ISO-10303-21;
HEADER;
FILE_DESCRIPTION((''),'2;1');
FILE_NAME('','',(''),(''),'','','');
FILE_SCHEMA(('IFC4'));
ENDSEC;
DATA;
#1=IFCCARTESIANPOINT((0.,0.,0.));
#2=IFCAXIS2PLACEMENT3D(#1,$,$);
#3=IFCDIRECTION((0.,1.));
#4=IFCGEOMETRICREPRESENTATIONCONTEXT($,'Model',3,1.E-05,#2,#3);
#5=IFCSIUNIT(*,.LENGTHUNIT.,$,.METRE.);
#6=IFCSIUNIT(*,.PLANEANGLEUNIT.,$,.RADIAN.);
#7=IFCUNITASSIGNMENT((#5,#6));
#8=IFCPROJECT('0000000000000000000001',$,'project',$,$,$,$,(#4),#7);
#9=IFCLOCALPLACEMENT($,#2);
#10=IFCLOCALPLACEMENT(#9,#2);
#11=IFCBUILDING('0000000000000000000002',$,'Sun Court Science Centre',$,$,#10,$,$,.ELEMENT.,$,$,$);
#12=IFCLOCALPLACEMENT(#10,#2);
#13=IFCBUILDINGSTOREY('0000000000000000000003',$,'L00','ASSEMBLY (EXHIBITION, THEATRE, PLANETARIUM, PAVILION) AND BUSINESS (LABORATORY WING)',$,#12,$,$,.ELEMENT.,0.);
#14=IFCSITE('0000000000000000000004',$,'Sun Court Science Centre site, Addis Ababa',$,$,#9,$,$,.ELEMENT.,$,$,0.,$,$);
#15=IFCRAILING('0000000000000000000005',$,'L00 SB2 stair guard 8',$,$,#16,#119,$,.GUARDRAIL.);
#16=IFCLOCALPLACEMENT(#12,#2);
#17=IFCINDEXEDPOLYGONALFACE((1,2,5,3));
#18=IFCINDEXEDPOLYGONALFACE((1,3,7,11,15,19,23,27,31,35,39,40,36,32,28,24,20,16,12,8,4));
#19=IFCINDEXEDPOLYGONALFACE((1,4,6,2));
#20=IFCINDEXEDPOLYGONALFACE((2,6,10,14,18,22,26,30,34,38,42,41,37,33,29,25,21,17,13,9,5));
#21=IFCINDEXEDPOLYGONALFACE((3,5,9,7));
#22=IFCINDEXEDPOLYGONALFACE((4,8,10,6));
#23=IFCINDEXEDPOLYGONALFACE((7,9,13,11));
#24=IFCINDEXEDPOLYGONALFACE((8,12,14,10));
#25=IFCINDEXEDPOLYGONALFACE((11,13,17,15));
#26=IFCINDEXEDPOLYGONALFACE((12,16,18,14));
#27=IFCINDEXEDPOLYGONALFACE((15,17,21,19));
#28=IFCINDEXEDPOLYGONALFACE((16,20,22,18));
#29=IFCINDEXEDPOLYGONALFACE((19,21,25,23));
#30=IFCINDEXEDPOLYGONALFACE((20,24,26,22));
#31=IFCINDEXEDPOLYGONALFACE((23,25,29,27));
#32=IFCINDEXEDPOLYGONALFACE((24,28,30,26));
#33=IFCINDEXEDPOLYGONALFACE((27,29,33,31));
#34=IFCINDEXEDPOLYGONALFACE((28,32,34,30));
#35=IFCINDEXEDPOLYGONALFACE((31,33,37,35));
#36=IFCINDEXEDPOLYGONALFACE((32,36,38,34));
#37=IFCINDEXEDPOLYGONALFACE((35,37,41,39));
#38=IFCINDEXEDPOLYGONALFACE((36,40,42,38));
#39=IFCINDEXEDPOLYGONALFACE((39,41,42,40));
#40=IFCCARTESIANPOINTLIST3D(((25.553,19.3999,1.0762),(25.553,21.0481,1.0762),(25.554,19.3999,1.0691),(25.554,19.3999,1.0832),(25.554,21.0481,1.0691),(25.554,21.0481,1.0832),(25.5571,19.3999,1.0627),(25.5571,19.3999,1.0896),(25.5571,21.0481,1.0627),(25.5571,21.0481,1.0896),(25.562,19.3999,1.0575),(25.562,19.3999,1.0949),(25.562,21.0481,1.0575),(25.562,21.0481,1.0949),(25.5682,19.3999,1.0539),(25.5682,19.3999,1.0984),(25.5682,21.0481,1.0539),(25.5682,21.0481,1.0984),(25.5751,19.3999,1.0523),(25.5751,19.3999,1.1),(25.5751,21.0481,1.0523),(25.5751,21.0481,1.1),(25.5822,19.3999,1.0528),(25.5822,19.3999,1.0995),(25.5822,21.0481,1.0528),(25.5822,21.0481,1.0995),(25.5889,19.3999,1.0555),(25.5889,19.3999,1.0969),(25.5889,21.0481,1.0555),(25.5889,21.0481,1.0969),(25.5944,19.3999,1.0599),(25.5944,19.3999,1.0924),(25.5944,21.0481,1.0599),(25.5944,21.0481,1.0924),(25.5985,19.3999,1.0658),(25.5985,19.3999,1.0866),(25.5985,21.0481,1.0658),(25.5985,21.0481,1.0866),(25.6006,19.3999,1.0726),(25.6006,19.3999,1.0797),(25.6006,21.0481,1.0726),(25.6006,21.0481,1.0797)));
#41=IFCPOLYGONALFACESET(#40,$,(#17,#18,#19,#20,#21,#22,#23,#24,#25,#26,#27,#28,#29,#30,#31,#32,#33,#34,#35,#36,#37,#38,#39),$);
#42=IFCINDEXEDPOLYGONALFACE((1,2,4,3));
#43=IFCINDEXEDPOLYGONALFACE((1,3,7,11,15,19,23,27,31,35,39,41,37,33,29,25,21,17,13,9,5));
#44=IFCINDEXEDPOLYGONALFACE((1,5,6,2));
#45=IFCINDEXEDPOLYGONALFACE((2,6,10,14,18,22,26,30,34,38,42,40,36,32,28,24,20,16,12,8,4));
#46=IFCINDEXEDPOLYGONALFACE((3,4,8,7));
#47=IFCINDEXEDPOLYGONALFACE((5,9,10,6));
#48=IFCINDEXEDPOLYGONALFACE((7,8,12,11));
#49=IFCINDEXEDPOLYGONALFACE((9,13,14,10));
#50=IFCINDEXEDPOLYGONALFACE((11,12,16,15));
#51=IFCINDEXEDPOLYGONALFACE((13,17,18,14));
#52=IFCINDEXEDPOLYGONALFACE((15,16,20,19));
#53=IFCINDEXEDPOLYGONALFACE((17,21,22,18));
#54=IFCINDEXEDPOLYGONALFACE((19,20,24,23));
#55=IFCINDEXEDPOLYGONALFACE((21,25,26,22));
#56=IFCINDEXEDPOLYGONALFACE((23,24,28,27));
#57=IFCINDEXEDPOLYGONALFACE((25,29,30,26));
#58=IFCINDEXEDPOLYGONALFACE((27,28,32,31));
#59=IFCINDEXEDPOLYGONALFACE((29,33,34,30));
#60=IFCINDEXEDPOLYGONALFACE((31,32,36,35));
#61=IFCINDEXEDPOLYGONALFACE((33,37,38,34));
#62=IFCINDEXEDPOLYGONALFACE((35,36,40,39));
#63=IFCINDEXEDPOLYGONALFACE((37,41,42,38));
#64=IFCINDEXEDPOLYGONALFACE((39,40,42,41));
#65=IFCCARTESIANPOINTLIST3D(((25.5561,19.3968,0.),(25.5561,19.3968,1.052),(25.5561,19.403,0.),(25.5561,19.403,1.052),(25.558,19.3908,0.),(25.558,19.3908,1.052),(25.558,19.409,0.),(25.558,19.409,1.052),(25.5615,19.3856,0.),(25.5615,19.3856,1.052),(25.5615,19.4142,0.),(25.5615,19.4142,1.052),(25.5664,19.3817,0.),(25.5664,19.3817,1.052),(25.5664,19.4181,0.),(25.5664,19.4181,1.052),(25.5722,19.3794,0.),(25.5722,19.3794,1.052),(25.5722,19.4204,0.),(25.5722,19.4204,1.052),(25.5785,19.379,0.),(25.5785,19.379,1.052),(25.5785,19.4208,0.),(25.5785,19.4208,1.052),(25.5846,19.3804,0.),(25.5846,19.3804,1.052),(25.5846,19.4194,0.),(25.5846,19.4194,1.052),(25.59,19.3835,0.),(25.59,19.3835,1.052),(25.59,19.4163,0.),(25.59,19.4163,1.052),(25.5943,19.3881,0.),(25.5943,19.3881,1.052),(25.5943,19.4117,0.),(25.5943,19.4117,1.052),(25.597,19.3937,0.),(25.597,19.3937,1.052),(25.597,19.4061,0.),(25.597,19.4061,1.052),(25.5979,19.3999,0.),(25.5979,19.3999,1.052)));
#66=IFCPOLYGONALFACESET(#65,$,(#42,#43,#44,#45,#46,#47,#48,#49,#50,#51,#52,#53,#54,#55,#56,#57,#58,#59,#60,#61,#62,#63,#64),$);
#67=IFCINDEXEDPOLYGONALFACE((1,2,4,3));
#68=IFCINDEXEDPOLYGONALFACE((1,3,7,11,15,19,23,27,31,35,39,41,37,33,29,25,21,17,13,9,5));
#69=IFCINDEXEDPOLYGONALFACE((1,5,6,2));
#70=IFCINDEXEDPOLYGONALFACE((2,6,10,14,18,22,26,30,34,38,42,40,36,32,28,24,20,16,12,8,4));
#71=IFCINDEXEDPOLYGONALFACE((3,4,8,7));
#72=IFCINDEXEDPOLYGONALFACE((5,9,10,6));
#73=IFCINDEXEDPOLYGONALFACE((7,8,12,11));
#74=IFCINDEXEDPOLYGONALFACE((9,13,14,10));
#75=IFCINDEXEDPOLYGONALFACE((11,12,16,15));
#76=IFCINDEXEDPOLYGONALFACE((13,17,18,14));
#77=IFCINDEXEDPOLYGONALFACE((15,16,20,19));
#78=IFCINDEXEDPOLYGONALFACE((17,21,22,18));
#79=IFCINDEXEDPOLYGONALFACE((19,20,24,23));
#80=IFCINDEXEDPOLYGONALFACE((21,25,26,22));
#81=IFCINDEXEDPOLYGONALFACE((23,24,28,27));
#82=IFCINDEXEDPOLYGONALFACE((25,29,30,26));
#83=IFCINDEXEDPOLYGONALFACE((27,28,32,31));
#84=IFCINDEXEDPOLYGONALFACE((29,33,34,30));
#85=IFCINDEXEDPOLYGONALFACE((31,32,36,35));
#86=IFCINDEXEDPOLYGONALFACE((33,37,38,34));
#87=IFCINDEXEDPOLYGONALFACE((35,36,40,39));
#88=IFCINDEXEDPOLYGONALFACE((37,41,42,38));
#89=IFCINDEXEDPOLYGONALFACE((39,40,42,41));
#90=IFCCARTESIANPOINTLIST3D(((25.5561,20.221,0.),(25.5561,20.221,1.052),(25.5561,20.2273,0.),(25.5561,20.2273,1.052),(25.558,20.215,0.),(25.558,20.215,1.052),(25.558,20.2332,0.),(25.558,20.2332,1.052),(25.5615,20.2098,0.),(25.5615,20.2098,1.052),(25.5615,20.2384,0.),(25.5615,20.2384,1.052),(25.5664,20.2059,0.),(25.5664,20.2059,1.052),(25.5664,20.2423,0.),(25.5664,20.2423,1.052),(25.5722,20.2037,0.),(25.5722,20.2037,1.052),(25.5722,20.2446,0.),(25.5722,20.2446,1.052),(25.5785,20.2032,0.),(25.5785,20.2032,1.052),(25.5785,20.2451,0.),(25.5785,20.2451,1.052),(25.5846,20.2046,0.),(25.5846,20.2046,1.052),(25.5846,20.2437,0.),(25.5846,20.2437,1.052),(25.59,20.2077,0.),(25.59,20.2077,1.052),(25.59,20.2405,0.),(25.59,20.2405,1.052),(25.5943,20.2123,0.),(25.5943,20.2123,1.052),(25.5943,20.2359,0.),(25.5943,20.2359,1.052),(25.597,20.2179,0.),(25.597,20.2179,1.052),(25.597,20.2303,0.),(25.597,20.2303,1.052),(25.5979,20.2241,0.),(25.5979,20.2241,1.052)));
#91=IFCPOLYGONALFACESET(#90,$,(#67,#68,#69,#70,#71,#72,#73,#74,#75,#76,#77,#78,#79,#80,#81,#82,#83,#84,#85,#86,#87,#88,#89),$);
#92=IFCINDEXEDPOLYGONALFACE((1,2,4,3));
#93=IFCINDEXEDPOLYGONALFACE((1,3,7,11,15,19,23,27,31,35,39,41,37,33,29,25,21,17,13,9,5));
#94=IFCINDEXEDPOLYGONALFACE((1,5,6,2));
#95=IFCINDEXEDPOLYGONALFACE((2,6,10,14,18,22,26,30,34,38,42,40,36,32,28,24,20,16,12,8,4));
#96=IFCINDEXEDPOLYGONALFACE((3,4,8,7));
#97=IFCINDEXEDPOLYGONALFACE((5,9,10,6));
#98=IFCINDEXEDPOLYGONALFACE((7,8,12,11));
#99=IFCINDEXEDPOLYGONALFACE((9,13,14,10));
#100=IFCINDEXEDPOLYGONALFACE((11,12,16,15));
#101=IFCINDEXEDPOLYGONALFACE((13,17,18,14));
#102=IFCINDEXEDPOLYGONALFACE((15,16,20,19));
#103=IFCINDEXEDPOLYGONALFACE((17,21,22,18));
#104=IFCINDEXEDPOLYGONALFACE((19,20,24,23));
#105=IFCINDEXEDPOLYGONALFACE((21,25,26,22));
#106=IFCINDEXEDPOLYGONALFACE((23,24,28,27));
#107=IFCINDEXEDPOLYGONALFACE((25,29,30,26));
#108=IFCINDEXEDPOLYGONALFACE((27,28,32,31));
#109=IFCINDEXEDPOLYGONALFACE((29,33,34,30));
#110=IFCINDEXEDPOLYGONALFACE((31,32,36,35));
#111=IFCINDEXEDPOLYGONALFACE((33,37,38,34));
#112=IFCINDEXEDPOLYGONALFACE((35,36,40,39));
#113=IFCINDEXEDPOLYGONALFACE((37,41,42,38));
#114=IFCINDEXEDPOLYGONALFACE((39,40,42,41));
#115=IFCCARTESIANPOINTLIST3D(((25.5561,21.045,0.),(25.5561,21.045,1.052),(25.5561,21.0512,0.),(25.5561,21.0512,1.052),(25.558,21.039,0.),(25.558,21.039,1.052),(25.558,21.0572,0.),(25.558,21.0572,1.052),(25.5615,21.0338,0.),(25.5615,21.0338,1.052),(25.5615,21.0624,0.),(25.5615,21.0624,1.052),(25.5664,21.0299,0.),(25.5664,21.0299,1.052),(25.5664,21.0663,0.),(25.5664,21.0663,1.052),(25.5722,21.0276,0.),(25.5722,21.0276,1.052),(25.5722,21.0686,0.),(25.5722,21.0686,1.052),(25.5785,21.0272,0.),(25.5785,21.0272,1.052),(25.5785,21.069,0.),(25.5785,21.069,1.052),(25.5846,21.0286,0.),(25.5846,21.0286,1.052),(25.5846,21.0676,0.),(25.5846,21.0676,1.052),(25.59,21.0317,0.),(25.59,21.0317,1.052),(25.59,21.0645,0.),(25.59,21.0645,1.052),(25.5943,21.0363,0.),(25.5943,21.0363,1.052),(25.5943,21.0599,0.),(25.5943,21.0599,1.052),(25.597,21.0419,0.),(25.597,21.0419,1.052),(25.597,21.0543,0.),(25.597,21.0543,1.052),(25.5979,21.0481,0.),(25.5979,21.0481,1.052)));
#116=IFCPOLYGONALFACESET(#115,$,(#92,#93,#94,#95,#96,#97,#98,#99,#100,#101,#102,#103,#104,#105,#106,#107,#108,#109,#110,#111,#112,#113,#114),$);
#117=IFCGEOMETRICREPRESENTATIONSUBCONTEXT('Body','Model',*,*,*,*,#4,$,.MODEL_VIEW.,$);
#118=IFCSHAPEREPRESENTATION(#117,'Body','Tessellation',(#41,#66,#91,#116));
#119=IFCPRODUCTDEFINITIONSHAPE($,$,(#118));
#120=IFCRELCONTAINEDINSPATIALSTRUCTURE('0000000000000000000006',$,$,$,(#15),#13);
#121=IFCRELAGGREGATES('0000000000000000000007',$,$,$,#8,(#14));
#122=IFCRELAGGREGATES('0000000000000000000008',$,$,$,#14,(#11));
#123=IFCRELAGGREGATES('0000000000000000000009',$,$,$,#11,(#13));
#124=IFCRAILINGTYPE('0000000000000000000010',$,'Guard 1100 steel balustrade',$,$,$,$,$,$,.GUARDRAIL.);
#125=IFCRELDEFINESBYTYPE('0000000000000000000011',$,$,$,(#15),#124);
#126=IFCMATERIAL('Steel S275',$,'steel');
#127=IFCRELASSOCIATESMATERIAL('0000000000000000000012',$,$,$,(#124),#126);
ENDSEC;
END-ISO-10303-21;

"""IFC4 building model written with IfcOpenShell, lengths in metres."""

from ifc_helpers import new_model, si_unit, direction, frame, origin, origin_2d, place, context, subcontext, project, spatial, circle, extrude, material, type_object, element, save


model = new_model("IFC4")

# Units and contexts
model_context = context("Model", 3, precision=1e-05, world=origin(), true_north=direction((0.0, 1.0)))
body_context = subcontext(model_context, "Body", "Model", "MODEL_VIEW")
ifc_project = project(units=[si_unit("LENGTHUNIT", "METRE"), si_unit("PLANEANGLEUNIT", "RADIAN")], contexts=[model_context])

# Site, building, storey
site_placement = place(None, origin())
site = spatial("IfcSite", under=ifc_project, at=site_placement, Name="Sun Court Science Centre site, Addis Ababa", CompositionType="ELEMENT", RefElevation=0.0)
building_placement = place(site_placement, origin())
building = spatial("IfcBuilding", under=site, at=building_placement, Name="Sun Court Science Centre", CompositionType="ELEMENT")
storey_placement = place(building_placement, origin())
storey = spatial("IfcBuildingStorey", under=building, at=storey_placement, Name="L00", Description="ASSEMBLY (EXHIBITION, THEATRE, PLANETARIUM, PAVILION) AND BUSINESS (LABORATORY WING)", CompositionType="ELEMENT", Elevation=0.0)

# Railing
ifc_material_1 = material(Name="Steel S275", Category="steel")
railing_type_1 = type_object("IfcRailingType", Name="Guard 1100 steel balustrade", PredefinedType="GUARDRAIL", material=ifc_material_1)
for number, where, name in (
    (1, (25.5769, 19.3999, 0.0), "L00 SB2 stair guard 8"),
):
    element("IfcRailing", number, at=place(storey_placement, frame(where)), inside=storey, type_object=railing_type_1, Name=name, PredefinedType="GUARDRAIL", context=body_context, shape_type="SweptSolid", body=[
        extrude(circle(Radius=0.0239, at=origin_2d()), frame((0.0, 0.0, 1.0762), z_axis=(0.0, 1.0, 0.0), x_axis=(-1.0, 0.0, 0.0)), (0.0, 0.0, 1.0), 1.6482),
        extrude(circle(Radius=0.021, at=origin_2d()), origin(), (0.0, 0.0, 1.0), 1.052),
        extrude(circle(Radius=0.021, at=origin_2d()), frame((0.0, 0.8242, 0.0)), (0.0, 0.0, 1.0), 1.052),
        extrude(circle(Radius=0.021, at=origin_2d()), frame((0.0, 1.6482, 0.0)), (0.0, 0.0, 1.0), 1.052),
    ])

save(model, "model.ifc")
